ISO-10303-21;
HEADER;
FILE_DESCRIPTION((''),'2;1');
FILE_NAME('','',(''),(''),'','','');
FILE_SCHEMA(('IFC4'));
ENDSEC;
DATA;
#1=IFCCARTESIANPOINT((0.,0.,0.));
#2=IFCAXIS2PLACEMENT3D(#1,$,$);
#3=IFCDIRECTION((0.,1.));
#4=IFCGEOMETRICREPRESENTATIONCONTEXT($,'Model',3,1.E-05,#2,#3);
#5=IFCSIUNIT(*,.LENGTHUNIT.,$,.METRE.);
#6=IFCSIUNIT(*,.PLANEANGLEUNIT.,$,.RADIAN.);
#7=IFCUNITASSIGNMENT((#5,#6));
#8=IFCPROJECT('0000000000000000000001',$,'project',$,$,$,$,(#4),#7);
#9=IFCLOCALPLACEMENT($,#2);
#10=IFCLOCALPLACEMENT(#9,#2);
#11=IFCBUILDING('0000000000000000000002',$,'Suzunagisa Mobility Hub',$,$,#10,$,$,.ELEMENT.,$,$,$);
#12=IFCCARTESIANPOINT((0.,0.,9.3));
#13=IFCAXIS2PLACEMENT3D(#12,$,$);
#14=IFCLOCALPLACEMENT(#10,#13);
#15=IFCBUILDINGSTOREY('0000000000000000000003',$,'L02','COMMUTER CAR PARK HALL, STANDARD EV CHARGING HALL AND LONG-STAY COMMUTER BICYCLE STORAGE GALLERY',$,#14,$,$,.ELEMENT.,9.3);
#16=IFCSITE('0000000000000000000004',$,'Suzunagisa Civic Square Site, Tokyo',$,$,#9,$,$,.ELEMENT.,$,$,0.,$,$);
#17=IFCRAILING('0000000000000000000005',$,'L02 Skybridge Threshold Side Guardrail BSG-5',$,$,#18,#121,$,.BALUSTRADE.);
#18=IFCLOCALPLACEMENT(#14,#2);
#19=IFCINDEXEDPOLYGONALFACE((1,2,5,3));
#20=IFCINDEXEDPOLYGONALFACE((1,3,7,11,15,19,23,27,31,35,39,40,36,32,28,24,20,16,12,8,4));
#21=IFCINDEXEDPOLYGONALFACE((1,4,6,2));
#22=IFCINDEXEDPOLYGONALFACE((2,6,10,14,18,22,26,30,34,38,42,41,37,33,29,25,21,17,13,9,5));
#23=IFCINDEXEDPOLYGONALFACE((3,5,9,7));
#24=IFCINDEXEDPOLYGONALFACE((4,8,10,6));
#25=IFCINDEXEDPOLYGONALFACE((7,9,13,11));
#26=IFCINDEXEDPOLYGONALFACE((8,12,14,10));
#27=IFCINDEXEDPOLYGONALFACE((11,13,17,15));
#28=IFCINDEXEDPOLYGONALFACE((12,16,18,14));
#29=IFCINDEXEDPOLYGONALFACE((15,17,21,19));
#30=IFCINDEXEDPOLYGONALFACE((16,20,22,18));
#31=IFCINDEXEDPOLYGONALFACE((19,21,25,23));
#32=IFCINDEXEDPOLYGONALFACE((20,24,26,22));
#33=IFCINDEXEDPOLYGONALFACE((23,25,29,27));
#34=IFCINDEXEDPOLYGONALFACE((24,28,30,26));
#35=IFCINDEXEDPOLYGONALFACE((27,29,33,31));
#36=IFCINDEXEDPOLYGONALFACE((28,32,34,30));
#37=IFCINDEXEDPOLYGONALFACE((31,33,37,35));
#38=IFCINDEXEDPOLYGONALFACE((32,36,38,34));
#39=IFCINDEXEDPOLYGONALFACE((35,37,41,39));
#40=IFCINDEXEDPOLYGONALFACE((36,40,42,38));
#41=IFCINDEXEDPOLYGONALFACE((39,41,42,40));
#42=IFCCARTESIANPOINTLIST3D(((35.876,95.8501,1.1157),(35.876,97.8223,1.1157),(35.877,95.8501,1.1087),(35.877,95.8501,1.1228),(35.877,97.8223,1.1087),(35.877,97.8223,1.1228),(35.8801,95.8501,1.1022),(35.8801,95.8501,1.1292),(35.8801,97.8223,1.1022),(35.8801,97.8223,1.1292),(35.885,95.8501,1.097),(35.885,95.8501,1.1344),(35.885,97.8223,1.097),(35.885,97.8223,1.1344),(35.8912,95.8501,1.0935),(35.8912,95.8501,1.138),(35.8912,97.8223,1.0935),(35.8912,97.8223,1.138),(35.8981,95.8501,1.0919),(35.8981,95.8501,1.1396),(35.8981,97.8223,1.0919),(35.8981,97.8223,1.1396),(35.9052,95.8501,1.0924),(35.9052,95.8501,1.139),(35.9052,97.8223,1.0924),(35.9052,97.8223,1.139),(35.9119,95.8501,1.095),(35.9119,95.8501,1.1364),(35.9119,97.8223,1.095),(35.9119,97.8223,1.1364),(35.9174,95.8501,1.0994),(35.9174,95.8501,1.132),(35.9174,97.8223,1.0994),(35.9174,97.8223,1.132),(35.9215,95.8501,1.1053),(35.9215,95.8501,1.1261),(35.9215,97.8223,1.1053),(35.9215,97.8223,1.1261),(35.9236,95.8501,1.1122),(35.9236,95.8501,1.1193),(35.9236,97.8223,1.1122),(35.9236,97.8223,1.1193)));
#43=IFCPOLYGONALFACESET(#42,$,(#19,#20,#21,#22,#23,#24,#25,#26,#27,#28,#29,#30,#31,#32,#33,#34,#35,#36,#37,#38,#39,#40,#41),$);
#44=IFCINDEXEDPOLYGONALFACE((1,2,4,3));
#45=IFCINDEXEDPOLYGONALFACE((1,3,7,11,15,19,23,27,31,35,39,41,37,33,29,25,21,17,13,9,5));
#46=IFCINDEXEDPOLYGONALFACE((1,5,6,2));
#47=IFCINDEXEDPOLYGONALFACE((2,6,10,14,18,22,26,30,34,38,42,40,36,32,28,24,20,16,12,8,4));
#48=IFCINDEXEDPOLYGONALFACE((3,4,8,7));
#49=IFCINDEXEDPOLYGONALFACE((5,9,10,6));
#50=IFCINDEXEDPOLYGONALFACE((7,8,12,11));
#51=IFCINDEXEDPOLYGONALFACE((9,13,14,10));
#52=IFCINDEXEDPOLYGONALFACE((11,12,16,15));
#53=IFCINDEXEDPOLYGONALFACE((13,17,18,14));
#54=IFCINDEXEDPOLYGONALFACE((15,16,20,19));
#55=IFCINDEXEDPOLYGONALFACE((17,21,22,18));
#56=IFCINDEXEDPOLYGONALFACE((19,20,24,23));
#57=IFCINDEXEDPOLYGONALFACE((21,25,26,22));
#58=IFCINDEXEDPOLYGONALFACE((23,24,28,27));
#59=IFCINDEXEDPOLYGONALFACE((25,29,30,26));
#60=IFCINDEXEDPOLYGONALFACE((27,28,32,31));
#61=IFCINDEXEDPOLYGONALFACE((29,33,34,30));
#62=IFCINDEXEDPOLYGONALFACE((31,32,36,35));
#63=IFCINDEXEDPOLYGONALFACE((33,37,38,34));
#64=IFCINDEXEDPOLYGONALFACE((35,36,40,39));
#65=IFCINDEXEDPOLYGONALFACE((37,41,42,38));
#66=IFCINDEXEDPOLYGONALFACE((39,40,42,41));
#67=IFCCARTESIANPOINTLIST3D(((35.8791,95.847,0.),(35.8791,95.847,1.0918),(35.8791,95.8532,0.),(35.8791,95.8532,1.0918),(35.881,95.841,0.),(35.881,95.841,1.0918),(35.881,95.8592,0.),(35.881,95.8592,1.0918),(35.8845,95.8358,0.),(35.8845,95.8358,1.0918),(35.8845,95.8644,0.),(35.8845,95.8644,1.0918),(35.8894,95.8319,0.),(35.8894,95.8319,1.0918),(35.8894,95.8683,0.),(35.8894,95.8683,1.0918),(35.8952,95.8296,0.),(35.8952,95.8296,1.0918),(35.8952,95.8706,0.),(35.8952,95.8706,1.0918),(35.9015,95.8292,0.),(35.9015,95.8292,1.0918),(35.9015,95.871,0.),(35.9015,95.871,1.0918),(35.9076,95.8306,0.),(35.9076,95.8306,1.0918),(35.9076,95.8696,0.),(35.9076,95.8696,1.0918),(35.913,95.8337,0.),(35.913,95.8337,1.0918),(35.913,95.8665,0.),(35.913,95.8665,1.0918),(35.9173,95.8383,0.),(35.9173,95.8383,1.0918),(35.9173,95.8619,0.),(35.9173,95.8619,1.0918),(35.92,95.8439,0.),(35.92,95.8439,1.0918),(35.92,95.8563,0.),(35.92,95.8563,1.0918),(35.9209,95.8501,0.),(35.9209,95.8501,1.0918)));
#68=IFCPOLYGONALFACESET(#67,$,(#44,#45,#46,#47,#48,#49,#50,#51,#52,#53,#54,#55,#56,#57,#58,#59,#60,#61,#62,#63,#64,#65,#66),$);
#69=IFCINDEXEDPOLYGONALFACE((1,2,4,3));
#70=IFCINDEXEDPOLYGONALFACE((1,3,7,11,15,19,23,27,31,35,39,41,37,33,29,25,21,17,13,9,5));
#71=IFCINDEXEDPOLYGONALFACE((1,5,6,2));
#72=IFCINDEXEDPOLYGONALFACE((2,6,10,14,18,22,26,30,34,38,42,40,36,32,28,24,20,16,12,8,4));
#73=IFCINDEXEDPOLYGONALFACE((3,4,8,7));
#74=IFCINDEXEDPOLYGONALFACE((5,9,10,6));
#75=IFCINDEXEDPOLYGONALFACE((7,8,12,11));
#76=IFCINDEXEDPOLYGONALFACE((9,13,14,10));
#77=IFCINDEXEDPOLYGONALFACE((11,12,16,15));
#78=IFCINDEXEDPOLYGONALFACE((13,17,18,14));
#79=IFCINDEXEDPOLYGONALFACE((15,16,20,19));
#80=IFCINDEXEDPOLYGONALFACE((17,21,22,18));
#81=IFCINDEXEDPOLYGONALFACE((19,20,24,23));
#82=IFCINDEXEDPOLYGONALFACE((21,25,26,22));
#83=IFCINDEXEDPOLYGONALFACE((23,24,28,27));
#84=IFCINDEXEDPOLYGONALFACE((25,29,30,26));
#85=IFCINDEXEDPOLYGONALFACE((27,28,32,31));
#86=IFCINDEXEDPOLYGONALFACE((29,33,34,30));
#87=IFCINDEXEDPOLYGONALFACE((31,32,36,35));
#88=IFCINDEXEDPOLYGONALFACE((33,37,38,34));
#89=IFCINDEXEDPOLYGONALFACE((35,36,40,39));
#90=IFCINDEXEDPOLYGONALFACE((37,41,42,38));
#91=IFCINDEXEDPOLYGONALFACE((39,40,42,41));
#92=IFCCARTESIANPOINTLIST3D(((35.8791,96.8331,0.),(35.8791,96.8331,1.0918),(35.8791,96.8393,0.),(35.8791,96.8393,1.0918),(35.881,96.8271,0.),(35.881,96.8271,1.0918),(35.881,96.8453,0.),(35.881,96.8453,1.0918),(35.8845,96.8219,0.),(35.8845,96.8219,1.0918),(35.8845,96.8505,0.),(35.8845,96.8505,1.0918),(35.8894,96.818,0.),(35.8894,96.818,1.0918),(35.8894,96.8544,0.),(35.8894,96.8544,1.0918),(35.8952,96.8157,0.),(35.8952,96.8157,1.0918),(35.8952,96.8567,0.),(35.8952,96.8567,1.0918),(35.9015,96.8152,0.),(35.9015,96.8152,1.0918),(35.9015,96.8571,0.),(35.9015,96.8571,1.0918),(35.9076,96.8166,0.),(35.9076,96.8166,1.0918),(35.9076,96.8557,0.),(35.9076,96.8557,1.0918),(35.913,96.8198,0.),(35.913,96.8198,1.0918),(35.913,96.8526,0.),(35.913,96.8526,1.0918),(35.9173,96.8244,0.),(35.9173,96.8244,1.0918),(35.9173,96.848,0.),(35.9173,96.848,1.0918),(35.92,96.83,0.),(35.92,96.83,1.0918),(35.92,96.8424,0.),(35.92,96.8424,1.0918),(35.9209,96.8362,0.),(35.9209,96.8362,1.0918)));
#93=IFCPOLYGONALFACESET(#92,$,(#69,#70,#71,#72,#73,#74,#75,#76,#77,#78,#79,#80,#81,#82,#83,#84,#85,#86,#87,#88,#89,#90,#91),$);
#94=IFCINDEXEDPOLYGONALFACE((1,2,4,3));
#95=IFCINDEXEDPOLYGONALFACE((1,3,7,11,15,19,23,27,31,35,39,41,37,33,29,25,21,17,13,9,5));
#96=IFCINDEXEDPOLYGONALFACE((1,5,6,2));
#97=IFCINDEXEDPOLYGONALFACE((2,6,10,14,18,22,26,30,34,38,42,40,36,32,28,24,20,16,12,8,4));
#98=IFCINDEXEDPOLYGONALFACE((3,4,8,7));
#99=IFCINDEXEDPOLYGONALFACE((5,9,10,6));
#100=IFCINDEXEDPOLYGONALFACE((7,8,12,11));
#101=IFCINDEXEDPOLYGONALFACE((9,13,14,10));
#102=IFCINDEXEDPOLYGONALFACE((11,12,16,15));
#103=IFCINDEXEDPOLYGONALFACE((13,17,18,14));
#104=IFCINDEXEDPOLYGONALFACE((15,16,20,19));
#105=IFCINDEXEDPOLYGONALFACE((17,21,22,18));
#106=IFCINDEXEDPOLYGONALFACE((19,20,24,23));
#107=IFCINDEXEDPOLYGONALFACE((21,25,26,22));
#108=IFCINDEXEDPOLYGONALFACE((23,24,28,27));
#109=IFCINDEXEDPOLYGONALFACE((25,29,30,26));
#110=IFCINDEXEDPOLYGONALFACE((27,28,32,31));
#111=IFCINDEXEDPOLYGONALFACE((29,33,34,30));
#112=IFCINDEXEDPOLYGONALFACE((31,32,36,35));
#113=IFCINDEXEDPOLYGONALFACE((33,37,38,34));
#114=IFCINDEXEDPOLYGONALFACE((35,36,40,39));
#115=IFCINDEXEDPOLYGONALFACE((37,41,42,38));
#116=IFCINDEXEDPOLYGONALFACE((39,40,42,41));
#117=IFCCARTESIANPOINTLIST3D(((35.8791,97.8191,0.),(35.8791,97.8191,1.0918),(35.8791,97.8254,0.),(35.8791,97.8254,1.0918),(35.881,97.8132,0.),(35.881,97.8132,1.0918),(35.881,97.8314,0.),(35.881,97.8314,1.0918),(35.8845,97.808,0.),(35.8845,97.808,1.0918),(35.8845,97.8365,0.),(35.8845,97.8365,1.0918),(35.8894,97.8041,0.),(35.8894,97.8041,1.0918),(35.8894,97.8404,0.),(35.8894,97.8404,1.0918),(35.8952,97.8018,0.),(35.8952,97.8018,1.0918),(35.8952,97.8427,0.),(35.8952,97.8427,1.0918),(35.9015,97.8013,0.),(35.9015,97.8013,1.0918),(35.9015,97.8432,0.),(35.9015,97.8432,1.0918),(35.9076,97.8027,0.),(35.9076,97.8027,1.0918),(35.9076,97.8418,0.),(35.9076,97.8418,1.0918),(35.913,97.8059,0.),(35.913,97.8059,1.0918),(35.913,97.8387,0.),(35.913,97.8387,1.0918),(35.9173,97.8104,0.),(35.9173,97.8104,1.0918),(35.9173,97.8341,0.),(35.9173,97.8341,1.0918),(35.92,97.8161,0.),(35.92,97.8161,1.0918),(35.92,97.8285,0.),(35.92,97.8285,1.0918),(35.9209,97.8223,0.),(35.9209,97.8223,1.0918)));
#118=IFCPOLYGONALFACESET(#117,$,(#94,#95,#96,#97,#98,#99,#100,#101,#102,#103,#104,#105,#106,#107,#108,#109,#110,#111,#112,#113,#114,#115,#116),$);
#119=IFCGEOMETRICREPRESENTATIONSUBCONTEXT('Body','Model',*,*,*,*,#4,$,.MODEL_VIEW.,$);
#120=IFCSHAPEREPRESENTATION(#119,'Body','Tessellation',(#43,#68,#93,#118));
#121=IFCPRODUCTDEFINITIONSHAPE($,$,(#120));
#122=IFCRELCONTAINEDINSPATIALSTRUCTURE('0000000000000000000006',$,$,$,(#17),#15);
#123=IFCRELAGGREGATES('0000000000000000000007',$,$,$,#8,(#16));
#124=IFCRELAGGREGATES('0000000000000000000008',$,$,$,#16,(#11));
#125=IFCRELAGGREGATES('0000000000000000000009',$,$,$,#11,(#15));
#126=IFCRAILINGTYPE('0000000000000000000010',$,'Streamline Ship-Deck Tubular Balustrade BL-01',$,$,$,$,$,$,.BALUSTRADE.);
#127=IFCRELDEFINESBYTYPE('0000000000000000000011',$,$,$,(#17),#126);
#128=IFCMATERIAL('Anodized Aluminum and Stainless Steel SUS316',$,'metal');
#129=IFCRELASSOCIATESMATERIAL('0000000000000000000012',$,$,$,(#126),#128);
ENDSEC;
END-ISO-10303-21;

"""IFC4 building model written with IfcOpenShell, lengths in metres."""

from ifc_helpers import new_model, si_unit, direction, frame, origin, origin_2d, place, context, subcontext, project, spatial, circle, extrude, material, type_object, element, save


model = new_model("IFC4")

# Units and contexts
model_context = context("Model", 3, precision=1e-05, world=origin(), true_north=direction((0.0, 1.0)))
body_context = subcontext(model_context, "Body", "Model", "MODEL_VIEW")
ifc_project = project(units=[si_unit("LENGTHUNIT", "METRE"), si_unit("PLANEANGLEUNIT", "RADIAN")], contexts=[model_context])

# Site, building, storey
site_placement = place(None, origin())
site = spatial("IfcSite", under=ifc_project, at=site_placement, Name="Suzunagisa Civic Square Site, Tokyo", CompositionType="ELEMENT", RefElevation=0.0)
building_placement = place(site_placement, origin())
building = spatial("IfcBuilding", under=site, at=building_placement, Name="Suzunagisa Mobility Hub", CompositionType="ELEMENT")
storey_placement = place(building_placement, frame((0.0, 0.0, 9.3)))
storey = spatial("IfcBuildingStorey", under=building, at=storey_placement, Name="L02", Description="COMMUTER CAR PARK HALL, STANDARD EV CHARGING HALL AND LONG-STAY COMMUTER BICYCLE STORAGE GALLERY", CompositionType="ELEMENT", Elevation=9.3)

# Railing
ifc_material_1 = material(Name="Anodized Aluminum and Stainless Steel SUS316", Category="metal")
railing_type_1 = type_object("IfcRailingType", Name="Streamline Ship-Deck Tubular Balustrade BL-01", PredefinedType="BALUSTRADE", material=ifc_material_1)
railing_1_placement = place(storey_placement, frame((35.8999, 95.8501, 0.0)))
element("IfcRailing", 1, at=railing_1_placement, inside=storey, type_object=railing_type_1, Name="L02 Skybridge Threshold Side Guardrail BSG-5", PredefinedType="BALUSTRADE", context=body_context, shape_type="SweptSolid", body=[
    extrude(circle(Radius=0.0239, at=origin_2d()), frame((0.0, 0.0, 1.1157), z_axis=(0.0, 1.0, 0.0), x_axis=(-1.0, 0.0, 0.0)), (0.0, 0.0, 1.0), 1.9722),
    extrude(circle(Radius=0.021, at=origin_2d()), origin(), (0.0, 0.0, 1.0), 1.0918),
    extrude(circle(Radius=0.021, at=origin_2d()), frame((0.0, 0.9861, 0.0)), (0.0, 0.0, 1.0), 1.0918),
    extrude(circle(Radius=0.021, at=origin_2d()), frame((0.0, 1.9722, 0.0)), (0.0, 0.0, 1.0), 1.0918),
])

save(model, "model.ifc")
